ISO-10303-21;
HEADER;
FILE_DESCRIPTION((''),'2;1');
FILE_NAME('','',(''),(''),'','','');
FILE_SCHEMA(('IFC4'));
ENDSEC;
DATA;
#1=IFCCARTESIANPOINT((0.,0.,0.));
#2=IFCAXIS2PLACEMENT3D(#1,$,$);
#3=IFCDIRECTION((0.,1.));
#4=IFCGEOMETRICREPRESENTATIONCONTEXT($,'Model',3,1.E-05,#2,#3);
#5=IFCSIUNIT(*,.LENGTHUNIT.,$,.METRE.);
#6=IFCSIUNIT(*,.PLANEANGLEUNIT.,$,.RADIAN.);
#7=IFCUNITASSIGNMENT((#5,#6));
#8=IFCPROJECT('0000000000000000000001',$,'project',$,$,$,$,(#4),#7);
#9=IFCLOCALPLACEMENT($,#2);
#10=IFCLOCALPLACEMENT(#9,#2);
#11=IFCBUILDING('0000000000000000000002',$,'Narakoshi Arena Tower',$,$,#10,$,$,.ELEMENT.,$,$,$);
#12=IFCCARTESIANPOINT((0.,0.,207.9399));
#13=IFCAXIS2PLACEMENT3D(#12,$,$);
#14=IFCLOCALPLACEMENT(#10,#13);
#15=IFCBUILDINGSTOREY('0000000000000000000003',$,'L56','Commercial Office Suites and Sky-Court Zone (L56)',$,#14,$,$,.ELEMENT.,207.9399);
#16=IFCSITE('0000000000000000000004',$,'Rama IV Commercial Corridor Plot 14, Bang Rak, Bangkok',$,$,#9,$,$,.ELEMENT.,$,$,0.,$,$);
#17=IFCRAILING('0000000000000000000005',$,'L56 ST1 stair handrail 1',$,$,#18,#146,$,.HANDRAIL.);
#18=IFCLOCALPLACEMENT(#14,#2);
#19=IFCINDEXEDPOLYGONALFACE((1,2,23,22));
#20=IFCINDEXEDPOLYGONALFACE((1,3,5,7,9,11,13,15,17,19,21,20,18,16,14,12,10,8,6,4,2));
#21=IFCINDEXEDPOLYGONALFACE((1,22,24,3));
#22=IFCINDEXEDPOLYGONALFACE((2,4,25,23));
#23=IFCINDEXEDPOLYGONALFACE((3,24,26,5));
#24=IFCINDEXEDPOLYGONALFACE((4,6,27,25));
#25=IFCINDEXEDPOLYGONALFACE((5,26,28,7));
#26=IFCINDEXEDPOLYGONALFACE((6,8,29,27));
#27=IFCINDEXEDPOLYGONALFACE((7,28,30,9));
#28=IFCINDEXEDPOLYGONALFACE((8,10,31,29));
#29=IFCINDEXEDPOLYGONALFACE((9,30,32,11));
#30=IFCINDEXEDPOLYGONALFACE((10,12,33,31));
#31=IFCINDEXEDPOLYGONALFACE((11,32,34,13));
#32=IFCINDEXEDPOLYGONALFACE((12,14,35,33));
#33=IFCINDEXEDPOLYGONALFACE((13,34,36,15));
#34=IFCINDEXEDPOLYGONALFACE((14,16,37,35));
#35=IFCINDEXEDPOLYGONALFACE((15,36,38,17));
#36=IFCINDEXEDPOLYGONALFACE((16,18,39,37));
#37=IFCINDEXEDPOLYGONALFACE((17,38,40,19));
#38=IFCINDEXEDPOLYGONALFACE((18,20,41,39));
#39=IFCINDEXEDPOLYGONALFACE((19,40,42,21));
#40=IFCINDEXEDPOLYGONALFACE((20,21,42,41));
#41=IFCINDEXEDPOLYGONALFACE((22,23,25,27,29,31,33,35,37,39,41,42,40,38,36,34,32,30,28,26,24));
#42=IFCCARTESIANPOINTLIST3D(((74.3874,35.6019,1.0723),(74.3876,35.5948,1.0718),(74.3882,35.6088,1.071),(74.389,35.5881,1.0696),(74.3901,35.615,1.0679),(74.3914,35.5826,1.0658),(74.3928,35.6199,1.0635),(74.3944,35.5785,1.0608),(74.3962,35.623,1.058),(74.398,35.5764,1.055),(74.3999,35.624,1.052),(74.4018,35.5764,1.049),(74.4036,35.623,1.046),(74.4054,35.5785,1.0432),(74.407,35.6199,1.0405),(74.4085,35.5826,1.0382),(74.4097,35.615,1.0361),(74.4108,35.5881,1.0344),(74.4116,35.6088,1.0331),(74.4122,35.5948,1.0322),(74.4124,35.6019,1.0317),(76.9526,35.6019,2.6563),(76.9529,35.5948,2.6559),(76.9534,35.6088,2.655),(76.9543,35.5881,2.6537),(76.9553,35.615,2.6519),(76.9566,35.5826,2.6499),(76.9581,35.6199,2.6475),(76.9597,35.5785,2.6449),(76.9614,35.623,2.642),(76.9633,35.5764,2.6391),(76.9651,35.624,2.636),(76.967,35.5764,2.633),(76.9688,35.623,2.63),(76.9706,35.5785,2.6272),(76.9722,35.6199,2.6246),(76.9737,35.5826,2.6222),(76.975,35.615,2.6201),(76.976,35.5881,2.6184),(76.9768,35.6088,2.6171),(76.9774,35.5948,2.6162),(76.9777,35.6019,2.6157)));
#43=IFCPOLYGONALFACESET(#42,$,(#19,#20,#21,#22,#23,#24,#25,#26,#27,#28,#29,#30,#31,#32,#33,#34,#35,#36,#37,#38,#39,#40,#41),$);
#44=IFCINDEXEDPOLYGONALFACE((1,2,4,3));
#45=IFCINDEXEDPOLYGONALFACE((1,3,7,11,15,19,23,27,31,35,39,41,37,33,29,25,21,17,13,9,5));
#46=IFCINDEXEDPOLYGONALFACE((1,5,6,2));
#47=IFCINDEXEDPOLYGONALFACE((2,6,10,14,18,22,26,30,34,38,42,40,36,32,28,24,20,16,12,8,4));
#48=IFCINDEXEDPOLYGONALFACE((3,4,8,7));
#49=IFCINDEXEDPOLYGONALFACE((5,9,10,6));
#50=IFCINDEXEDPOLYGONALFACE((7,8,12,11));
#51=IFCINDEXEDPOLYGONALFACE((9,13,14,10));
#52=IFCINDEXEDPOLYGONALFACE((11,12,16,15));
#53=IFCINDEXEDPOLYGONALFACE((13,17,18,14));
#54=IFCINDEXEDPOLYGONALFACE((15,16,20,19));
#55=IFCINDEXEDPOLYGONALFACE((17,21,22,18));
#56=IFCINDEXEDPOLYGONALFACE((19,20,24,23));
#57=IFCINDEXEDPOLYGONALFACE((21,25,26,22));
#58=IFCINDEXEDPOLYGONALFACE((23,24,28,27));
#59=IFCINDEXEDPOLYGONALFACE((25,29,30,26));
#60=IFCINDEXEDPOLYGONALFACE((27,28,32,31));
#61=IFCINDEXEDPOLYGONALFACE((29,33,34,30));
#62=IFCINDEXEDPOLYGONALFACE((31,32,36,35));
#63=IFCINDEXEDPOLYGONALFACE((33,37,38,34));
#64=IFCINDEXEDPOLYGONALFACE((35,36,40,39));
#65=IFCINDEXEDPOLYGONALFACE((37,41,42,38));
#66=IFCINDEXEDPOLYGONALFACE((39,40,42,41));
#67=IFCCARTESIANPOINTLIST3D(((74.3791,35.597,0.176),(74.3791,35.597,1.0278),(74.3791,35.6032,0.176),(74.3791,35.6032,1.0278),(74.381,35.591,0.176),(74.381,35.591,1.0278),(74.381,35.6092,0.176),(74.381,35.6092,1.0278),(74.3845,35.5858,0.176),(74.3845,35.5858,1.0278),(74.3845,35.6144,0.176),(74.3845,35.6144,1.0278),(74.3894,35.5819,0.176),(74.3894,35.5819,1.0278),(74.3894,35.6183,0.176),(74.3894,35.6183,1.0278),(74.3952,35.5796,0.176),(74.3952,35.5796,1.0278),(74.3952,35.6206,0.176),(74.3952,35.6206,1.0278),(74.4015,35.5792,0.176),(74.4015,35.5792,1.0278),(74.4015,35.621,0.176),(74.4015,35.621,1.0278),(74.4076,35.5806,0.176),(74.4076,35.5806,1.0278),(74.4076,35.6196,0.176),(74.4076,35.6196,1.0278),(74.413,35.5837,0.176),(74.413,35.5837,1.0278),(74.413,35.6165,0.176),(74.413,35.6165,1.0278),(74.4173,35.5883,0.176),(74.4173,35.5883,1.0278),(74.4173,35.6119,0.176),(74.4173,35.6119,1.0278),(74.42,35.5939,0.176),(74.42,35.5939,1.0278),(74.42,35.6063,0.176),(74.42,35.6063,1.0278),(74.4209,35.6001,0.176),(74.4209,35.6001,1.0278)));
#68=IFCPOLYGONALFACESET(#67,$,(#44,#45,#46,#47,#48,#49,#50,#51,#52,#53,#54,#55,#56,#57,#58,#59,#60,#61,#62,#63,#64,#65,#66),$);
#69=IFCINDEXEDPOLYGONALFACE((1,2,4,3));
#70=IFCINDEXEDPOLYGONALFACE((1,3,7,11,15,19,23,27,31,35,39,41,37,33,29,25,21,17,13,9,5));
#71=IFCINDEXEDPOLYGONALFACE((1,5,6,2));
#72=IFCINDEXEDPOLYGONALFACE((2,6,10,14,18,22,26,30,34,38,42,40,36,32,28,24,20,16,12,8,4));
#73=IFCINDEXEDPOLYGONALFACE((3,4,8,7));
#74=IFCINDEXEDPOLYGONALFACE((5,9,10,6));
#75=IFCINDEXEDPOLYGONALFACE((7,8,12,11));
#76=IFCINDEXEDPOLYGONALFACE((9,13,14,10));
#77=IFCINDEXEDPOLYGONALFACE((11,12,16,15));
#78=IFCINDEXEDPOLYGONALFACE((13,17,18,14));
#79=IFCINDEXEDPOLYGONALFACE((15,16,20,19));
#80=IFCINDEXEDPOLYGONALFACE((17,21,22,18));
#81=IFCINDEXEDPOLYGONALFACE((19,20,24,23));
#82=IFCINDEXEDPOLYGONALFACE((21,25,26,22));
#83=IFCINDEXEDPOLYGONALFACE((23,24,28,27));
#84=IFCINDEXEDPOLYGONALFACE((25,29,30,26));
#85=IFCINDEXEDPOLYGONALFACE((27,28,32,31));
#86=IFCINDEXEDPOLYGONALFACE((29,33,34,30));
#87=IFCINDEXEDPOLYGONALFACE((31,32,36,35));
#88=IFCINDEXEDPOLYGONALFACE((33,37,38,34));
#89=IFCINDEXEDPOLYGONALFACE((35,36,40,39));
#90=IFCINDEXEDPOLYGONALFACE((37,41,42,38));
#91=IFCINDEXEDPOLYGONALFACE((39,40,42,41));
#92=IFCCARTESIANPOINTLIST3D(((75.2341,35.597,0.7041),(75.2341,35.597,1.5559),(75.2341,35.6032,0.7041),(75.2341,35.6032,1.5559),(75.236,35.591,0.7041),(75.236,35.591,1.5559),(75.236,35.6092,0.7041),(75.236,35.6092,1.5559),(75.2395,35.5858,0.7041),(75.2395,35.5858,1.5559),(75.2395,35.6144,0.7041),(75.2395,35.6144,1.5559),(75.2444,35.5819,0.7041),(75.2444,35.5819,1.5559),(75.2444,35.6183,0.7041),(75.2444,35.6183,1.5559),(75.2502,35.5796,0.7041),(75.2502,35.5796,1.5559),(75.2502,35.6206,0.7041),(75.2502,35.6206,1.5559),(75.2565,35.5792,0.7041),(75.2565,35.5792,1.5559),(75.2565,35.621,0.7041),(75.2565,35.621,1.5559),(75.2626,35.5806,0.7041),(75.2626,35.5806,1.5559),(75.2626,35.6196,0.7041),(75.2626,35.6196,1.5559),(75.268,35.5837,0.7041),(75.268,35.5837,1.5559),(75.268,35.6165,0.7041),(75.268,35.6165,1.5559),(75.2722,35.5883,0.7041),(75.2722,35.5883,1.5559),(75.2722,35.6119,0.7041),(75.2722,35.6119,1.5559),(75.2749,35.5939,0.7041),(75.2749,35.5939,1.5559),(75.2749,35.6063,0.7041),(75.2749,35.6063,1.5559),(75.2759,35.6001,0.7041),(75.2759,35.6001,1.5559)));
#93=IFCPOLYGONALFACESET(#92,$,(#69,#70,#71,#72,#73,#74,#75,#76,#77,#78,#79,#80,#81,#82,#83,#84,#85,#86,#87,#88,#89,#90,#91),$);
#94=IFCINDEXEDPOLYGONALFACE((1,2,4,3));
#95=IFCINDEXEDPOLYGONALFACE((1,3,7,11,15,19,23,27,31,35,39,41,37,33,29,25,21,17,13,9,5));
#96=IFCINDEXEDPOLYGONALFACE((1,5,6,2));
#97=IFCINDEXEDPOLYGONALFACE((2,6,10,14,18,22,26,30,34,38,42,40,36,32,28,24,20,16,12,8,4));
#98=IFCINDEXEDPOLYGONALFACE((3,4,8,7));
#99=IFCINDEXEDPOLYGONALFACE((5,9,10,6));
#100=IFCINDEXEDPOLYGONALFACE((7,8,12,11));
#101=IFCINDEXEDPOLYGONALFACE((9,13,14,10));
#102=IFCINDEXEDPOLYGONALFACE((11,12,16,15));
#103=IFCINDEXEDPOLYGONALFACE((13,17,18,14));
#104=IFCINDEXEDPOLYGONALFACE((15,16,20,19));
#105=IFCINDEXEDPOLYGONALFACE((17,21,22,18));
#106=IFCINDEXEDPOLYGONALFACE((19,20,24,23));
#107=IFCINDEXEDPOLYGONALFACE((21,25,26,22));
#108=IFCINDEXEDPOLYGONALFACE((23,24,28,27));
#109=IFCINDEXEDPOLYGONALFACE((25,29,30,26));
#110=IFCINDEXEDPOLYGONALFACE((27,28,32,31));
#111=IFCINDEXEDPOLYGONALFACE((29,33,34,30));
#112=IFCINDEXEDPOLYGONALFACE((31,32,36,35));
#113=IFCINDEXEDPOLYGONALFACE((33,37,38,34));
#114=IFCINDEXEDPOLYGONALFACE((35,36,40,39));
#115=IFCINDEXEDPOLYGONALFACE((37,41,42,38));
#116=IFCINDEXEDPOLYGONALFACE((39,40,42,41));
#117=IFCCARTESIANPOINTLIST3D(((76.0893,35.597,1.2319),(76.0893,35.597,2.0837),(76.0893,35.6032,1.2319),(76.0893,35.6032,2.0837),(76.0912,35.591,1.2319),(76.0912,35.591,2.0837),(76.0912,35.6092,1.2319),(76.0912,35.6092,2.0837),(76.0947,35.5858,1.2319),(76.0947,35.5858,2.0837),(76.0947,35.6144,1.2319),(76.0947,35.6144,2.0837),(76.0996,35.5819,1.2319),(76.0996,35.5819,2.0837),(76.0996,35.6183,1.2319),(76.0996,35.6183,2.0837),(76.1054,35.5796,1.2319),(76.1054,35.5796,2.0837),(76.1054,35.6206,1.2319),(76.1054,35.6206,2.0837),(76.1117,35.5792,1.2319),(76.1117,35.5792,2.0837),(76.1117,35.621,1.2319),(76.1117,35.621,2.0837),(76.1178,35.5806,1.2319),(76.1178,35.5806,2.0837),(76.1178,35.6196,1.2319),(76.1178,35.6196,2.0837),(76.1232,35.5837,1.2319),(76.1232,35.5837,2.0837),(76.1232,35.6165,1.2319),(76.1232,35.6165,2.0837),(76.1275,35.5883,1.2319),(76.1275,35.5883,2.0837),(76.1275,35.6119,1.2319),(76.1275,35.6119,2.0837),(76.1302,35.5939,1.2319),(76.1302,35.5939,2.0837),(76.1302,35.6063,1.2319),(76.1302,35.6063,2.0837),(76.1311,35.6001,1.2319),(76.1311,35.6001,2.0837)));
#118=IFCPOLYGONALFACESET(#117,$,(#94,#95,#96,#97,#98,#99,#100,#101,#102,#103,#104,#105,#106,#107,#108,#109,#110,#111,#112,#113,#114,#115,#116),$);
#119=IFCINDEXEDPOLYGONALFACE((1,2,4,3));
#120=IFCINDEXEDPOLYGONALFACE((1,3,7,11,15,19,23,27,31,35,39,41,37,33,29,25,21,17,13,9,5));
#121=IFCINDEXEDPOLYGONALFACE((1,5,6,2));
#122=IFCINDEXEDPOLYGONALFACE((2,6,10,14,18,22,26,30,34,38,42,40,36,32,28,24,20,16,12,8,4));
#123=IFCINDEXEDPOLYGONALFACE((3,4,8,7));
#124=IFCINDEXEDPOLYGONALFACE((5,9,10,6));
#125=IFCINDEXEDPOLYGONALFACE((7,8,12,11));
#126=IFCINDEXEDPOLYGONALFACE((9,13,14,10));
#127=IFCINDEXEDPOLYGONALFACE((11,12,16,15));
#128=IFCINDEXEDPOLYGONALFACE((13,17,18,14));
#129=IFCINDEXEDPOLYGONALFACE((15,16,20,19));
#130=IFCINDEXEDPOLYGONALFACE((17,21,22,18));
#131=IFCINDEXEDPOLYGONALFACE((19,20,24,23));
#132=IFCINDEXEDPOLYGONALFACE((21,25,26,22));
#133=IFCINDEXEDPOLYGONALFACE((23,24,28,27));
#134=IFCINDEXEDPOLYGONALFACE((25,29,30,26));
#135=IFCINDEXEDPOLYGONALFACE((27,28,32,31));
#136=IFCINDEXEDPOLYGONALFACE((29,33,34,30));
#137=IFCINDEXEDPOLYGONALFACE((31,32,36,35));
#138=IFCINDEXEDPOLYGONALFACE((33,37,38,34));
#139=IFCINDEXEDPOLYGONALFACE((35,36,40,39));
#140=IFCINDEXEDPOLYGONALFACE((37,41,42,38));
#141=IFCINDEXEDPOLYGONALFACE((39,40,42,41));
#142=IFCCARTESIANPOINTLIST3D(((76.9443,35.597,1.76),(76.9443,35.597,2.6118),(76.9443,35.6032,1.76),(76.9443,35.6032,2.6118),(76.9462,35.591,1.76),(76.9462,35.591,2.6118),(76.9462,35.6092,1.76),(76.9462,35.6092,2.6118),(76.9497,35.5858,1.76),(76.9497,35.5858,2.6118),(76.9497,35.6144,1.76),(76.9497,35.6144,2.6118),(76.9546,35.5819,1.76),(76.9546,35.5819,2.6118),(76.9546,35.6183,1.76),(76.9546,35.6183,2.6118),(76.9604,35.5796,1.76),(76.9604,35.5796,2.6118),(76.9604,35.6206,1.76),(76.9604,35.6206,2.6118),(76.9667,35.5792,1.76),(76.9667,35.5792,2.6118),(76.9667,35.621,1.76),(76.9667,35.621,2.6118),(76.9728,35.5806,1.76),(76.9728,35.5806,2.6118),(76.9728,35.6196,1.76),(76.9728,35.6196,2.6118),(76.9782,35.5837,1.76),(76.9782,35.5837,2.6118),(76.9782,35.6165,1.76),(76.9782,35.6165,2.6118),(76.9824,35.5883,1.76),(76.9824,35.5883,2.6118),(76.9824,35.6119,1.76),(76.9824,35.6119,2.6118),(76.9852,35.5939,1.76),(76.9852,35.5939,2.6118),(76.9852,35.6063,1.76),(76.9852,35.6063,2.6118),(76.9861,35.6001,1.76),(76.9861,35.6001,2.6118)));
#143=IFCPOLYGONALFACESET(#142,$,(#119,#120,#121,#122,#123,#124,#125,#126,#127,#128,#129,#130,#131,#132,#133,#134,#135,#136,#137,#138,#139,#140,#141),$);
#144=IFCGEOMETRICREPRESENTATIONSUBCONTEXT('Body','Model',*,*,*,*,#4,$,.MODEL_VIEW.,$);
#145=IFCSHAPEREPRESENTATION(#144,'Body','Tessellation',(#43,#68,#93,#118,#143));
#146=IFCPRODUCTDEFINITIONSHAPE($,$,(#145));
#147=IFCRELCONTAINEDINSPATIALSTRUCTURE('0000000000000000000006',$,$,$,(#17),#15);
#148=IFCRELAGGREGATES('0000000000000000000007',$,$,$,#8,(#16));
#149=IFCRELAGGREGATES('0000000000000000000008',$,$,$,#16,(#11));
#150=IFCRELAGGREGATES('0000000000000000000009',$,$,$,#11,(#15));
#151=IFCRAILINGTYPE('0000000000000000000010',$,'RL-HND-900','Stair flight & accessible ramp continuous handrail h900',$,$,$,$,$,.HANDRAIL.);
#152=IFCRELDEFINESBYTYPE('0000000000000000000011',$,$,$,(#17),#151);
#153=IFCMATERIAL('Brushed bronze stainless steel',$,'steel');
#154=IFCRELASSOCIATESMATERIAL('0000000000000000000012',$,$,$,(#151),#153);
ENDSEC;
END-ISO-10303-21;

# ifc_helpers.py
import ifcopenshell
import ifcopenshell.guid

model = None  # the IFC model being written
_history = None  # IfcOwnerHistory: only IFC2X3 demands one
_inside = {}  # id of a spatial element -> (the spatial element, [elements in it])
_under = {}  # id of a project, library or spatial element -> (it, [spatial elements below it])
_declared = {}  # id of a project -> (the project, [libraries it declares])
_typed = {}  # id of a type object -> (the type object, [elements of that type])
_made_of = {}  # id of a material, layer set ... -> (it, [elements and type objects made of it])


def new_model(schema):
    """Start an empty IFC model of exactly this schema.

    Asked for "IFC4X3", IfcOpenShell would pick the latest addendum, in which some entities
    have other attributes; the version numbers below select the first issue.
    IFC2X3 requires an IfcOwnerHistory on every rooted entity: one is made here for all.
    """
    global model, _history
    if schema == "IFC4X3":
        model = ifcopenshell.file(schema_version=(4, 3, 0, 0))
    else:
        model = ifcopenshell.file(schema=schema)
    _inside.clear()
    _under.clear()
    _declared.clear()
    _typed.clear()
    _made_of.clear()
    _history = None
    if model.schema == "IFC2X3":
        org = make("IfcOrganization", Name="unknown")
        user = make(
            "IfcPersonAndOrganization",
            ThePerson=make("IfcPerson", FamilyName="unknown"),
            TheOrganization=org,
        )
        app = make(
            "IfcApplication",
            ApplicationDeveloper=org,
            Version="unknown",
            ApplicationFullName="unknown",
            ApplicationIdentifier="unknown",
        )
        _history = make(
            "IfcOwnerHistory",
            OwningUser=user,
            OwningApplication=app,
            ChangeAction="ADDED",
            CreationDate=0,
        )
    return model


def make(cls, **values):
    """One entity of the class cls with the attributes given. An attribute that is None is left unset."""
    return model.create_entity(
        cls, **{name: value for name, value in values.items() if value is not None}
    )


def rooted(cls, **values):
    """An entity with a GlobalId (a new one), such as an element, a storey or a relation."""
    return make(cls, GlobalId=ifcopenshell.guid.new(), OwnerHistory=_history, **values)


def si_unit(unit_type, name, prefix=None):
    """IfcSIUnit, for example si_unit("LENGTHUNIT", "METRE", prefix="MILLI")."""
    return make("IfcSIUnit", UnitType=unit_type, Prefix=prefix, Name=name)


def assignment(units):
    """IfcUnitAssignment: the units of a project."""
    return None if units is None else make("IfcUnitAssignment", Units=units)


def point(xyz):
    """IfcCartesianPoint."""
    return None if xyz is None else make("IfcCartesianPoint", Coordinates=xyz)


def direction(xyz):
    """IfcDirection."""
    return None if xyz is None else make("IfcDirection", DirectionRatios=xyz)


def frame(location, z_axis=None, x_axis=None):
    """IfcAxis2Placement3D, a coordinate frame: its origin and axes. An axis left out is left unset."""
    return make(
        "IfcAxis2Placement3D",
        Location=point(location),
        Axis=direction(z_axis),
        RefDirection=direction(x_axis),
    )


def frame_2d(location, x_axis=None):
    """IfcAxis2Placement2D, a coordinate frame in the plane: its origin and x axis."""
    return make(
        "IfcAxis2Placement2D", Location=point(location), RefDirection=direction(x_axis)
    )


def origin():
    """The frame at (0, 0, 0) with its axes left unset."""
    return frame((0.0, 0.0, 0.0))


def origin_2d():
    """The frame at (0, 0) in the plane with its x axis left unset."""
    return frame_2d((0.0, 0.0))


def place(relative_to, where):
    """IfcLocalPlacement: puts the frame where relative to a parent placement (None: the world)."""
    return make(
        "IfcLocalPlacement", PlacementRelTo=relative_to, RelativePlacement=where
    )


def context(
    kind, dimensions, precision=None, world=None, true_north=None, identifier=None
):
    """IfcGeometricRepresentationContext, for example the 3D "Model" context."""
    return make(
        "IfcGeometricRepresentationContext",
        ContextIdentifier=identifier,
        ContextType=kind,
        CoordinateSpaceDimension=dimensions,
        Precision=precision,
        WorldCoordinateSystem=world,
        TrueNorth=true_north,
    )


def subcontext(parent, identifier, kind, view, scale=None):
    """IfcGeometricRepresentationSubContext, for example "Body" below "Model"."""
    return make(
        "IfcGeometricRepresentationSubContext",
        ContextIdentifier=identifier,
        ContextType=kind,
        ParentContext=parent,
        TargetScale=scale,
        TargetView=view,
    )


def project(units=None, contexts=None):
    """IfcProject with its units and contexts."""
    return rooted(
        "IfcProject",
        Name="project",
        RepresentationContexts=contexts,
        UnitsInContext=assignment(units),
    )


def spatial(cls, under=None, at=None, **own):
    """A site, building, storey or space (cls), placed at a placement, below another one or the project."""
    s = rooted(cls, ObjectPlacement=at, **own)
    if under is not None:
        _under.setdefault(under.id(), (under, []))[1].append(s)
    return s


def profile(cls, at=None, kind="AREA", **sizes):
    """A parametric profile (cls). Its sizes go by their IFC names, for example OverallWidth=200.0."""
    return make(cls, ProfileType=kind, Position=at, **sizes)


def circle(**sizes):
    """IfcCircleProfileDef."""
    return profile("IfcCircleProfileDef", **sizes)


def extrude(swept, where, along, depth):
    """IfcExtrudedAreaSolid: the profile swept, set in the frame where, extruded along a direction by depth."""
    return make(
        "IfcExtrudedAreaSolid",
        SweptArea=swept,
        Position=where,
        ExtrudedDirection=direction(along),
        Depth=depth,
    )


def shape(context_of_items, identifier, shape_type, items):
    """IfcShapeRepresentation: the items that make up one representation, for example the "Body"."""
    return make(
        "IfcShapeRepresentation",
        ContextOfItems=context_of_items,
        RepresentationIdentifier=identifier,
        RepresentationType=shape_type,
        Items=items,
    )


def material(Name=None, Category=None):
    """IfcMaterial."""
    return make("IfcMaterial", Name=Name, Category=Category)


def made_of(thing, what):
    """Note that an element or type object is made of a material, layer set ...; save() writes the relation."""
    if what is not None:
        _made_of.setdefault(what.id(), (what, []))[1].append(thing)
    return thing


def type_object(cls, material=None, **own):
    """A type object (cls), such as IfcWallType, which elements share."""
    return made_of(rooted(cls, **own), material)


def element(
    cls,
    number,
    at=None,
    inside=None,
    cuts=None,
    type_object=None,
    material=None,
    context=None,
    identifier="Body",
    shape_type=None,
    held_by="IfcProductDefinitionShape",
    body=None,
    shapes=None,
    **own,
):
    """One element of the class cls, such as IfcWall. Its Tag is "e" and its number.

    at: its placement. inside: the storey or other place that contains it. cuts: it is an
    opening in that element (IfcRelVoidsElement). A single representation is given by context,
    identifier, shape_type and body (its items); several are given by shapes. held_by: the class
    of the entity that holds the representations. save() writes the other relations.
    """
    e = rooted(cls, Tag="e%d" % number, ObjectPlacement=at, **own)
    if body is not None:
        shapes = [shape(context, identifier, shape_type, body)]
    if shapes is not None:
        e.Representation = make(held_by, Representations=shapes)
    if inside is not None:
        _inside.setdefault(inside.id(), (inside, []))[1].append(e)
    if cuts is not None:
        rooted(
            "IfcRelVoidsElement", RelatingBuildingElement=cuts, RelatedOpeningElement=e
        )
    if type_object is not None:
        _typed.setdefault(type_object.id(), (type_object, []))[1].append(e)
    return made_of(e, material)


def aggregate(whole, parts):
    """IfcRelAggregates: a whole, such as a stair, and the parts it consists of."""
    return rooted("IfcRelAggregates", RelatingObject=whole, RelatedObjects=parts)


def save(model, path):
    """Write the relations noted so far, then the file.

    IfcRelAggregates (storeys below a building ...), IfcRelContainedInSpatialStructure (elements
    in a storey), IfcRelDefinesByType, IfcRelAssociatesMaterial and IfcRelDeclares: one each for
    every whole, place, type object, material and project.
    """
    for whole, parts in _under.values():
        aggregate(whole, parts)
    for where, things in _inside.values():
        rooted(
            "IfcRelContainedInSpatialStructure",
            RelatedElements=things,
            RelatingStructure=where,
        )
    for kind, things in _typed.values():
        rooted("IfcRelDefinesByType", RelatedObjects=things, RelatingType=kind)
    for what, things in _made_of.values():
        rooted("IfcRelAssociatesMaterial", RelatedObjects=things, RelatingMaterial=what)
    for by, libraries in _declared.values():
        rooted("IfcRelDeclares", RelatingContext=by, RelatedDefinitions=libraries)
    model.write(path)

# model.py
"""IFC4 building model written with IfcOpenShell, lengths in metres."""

from ifc_helpers import new_model, si_unit, direction, frame, origin, origin_2d, place, context, subcontext, project, spatial, circle, extrude, material, type_object, element, save


model = new_model("IFC4")

# Units and contexts
model_context = context("Model", 3, precision=1e-05, world=origin(), true_north=direction((0.0, 1.0)))
body_context = subcontext(model_context, "Body", "Model", "MODEL_VIEW")
ifc_project = project(units=[si_unit("LENGTHUNIT", "METRE"), si_unit("PLANEANGLEUNIT", "RADIAN")], contexts=[model_context])

# Site, building, storey
site_placement = place(None, origin())
site = spatial("IfcSite", under=ifc_project, at=site_placement, Name="Rama IV Commercial Corridor Plot 14, Bang Rak, Bangkok", CompositionType="ELEMENT", RefElevation=0.0)
building_placement = place(site_placement, origin())
building = spatial("IfcBuilding", under=site, at=building_placement, Name="Narakoshi Arena Tower", CompositionType="ELEMENT")
storey_placement = place(building_placement, frame((0.0, 0.0, 207.9399)))
storey = spatial("IfcBuildingStorey", under=building, at=storey_placement, Name="L56", Description="Commercial Office Suites and Sky-Court Zone (L56)", CompositionType="ELEMENT", Elevation=207.9399)

# Railing
ifc_material_1 = material(Name="Brushed bronze stainless steel", Category="steel")
railing_type_1 = type_object("IfcRailingType", Name="RL-HND-900", Description="Stair flight & accessible ramp continuous handrail h900", PredefinedType="HANDRAIL", material=ifc_material_1)
railing_1_placement = place(storey_placement, frame((74.3999, 35.6001, 0.176)))
element("IfcRailing", 1, at=railing_1_placement, inside=storey, type_object=railing_type_1, Name="L56 ST1 stair handrail 1", PredefinedType="HANDRAIL", context=body_context, shape_type="SweptSolid", body=[
    extrude(circle(Radius=0.0239, at=origin_2d()), frame((0.0, 0.0, 0.876), z_axis=(0.850857, 0.0, 0.525398), x_axis=(0.0, 1.0, 0.0)), (0.0, 0.0, 1.0), 3.0149),
    extrude(circle(Radius=0.021, at=origin_2d()), origin(), (0.0, 0.0, 1.0), 0.8518),
    extrude(circle(Radius=0.021, at=origin_2d()), frame((0.855, 0.0, 0.5281)), (0.0, 0.0, 1.0), 0.8518),
    extrude(circle(Radius=0.021, at=origin_2d()), frame((1.7102, 0.0, 1.0559)), (0.0, 0.0, 1.0), 0.8518),
    extrude(circle(Radius=0.021, at=origin_2d()), frame((2.5652, 0.0, 1.584)), (0.0, 0.0, 1.0), 0.8518),
])

save(model, "model.ifc")
